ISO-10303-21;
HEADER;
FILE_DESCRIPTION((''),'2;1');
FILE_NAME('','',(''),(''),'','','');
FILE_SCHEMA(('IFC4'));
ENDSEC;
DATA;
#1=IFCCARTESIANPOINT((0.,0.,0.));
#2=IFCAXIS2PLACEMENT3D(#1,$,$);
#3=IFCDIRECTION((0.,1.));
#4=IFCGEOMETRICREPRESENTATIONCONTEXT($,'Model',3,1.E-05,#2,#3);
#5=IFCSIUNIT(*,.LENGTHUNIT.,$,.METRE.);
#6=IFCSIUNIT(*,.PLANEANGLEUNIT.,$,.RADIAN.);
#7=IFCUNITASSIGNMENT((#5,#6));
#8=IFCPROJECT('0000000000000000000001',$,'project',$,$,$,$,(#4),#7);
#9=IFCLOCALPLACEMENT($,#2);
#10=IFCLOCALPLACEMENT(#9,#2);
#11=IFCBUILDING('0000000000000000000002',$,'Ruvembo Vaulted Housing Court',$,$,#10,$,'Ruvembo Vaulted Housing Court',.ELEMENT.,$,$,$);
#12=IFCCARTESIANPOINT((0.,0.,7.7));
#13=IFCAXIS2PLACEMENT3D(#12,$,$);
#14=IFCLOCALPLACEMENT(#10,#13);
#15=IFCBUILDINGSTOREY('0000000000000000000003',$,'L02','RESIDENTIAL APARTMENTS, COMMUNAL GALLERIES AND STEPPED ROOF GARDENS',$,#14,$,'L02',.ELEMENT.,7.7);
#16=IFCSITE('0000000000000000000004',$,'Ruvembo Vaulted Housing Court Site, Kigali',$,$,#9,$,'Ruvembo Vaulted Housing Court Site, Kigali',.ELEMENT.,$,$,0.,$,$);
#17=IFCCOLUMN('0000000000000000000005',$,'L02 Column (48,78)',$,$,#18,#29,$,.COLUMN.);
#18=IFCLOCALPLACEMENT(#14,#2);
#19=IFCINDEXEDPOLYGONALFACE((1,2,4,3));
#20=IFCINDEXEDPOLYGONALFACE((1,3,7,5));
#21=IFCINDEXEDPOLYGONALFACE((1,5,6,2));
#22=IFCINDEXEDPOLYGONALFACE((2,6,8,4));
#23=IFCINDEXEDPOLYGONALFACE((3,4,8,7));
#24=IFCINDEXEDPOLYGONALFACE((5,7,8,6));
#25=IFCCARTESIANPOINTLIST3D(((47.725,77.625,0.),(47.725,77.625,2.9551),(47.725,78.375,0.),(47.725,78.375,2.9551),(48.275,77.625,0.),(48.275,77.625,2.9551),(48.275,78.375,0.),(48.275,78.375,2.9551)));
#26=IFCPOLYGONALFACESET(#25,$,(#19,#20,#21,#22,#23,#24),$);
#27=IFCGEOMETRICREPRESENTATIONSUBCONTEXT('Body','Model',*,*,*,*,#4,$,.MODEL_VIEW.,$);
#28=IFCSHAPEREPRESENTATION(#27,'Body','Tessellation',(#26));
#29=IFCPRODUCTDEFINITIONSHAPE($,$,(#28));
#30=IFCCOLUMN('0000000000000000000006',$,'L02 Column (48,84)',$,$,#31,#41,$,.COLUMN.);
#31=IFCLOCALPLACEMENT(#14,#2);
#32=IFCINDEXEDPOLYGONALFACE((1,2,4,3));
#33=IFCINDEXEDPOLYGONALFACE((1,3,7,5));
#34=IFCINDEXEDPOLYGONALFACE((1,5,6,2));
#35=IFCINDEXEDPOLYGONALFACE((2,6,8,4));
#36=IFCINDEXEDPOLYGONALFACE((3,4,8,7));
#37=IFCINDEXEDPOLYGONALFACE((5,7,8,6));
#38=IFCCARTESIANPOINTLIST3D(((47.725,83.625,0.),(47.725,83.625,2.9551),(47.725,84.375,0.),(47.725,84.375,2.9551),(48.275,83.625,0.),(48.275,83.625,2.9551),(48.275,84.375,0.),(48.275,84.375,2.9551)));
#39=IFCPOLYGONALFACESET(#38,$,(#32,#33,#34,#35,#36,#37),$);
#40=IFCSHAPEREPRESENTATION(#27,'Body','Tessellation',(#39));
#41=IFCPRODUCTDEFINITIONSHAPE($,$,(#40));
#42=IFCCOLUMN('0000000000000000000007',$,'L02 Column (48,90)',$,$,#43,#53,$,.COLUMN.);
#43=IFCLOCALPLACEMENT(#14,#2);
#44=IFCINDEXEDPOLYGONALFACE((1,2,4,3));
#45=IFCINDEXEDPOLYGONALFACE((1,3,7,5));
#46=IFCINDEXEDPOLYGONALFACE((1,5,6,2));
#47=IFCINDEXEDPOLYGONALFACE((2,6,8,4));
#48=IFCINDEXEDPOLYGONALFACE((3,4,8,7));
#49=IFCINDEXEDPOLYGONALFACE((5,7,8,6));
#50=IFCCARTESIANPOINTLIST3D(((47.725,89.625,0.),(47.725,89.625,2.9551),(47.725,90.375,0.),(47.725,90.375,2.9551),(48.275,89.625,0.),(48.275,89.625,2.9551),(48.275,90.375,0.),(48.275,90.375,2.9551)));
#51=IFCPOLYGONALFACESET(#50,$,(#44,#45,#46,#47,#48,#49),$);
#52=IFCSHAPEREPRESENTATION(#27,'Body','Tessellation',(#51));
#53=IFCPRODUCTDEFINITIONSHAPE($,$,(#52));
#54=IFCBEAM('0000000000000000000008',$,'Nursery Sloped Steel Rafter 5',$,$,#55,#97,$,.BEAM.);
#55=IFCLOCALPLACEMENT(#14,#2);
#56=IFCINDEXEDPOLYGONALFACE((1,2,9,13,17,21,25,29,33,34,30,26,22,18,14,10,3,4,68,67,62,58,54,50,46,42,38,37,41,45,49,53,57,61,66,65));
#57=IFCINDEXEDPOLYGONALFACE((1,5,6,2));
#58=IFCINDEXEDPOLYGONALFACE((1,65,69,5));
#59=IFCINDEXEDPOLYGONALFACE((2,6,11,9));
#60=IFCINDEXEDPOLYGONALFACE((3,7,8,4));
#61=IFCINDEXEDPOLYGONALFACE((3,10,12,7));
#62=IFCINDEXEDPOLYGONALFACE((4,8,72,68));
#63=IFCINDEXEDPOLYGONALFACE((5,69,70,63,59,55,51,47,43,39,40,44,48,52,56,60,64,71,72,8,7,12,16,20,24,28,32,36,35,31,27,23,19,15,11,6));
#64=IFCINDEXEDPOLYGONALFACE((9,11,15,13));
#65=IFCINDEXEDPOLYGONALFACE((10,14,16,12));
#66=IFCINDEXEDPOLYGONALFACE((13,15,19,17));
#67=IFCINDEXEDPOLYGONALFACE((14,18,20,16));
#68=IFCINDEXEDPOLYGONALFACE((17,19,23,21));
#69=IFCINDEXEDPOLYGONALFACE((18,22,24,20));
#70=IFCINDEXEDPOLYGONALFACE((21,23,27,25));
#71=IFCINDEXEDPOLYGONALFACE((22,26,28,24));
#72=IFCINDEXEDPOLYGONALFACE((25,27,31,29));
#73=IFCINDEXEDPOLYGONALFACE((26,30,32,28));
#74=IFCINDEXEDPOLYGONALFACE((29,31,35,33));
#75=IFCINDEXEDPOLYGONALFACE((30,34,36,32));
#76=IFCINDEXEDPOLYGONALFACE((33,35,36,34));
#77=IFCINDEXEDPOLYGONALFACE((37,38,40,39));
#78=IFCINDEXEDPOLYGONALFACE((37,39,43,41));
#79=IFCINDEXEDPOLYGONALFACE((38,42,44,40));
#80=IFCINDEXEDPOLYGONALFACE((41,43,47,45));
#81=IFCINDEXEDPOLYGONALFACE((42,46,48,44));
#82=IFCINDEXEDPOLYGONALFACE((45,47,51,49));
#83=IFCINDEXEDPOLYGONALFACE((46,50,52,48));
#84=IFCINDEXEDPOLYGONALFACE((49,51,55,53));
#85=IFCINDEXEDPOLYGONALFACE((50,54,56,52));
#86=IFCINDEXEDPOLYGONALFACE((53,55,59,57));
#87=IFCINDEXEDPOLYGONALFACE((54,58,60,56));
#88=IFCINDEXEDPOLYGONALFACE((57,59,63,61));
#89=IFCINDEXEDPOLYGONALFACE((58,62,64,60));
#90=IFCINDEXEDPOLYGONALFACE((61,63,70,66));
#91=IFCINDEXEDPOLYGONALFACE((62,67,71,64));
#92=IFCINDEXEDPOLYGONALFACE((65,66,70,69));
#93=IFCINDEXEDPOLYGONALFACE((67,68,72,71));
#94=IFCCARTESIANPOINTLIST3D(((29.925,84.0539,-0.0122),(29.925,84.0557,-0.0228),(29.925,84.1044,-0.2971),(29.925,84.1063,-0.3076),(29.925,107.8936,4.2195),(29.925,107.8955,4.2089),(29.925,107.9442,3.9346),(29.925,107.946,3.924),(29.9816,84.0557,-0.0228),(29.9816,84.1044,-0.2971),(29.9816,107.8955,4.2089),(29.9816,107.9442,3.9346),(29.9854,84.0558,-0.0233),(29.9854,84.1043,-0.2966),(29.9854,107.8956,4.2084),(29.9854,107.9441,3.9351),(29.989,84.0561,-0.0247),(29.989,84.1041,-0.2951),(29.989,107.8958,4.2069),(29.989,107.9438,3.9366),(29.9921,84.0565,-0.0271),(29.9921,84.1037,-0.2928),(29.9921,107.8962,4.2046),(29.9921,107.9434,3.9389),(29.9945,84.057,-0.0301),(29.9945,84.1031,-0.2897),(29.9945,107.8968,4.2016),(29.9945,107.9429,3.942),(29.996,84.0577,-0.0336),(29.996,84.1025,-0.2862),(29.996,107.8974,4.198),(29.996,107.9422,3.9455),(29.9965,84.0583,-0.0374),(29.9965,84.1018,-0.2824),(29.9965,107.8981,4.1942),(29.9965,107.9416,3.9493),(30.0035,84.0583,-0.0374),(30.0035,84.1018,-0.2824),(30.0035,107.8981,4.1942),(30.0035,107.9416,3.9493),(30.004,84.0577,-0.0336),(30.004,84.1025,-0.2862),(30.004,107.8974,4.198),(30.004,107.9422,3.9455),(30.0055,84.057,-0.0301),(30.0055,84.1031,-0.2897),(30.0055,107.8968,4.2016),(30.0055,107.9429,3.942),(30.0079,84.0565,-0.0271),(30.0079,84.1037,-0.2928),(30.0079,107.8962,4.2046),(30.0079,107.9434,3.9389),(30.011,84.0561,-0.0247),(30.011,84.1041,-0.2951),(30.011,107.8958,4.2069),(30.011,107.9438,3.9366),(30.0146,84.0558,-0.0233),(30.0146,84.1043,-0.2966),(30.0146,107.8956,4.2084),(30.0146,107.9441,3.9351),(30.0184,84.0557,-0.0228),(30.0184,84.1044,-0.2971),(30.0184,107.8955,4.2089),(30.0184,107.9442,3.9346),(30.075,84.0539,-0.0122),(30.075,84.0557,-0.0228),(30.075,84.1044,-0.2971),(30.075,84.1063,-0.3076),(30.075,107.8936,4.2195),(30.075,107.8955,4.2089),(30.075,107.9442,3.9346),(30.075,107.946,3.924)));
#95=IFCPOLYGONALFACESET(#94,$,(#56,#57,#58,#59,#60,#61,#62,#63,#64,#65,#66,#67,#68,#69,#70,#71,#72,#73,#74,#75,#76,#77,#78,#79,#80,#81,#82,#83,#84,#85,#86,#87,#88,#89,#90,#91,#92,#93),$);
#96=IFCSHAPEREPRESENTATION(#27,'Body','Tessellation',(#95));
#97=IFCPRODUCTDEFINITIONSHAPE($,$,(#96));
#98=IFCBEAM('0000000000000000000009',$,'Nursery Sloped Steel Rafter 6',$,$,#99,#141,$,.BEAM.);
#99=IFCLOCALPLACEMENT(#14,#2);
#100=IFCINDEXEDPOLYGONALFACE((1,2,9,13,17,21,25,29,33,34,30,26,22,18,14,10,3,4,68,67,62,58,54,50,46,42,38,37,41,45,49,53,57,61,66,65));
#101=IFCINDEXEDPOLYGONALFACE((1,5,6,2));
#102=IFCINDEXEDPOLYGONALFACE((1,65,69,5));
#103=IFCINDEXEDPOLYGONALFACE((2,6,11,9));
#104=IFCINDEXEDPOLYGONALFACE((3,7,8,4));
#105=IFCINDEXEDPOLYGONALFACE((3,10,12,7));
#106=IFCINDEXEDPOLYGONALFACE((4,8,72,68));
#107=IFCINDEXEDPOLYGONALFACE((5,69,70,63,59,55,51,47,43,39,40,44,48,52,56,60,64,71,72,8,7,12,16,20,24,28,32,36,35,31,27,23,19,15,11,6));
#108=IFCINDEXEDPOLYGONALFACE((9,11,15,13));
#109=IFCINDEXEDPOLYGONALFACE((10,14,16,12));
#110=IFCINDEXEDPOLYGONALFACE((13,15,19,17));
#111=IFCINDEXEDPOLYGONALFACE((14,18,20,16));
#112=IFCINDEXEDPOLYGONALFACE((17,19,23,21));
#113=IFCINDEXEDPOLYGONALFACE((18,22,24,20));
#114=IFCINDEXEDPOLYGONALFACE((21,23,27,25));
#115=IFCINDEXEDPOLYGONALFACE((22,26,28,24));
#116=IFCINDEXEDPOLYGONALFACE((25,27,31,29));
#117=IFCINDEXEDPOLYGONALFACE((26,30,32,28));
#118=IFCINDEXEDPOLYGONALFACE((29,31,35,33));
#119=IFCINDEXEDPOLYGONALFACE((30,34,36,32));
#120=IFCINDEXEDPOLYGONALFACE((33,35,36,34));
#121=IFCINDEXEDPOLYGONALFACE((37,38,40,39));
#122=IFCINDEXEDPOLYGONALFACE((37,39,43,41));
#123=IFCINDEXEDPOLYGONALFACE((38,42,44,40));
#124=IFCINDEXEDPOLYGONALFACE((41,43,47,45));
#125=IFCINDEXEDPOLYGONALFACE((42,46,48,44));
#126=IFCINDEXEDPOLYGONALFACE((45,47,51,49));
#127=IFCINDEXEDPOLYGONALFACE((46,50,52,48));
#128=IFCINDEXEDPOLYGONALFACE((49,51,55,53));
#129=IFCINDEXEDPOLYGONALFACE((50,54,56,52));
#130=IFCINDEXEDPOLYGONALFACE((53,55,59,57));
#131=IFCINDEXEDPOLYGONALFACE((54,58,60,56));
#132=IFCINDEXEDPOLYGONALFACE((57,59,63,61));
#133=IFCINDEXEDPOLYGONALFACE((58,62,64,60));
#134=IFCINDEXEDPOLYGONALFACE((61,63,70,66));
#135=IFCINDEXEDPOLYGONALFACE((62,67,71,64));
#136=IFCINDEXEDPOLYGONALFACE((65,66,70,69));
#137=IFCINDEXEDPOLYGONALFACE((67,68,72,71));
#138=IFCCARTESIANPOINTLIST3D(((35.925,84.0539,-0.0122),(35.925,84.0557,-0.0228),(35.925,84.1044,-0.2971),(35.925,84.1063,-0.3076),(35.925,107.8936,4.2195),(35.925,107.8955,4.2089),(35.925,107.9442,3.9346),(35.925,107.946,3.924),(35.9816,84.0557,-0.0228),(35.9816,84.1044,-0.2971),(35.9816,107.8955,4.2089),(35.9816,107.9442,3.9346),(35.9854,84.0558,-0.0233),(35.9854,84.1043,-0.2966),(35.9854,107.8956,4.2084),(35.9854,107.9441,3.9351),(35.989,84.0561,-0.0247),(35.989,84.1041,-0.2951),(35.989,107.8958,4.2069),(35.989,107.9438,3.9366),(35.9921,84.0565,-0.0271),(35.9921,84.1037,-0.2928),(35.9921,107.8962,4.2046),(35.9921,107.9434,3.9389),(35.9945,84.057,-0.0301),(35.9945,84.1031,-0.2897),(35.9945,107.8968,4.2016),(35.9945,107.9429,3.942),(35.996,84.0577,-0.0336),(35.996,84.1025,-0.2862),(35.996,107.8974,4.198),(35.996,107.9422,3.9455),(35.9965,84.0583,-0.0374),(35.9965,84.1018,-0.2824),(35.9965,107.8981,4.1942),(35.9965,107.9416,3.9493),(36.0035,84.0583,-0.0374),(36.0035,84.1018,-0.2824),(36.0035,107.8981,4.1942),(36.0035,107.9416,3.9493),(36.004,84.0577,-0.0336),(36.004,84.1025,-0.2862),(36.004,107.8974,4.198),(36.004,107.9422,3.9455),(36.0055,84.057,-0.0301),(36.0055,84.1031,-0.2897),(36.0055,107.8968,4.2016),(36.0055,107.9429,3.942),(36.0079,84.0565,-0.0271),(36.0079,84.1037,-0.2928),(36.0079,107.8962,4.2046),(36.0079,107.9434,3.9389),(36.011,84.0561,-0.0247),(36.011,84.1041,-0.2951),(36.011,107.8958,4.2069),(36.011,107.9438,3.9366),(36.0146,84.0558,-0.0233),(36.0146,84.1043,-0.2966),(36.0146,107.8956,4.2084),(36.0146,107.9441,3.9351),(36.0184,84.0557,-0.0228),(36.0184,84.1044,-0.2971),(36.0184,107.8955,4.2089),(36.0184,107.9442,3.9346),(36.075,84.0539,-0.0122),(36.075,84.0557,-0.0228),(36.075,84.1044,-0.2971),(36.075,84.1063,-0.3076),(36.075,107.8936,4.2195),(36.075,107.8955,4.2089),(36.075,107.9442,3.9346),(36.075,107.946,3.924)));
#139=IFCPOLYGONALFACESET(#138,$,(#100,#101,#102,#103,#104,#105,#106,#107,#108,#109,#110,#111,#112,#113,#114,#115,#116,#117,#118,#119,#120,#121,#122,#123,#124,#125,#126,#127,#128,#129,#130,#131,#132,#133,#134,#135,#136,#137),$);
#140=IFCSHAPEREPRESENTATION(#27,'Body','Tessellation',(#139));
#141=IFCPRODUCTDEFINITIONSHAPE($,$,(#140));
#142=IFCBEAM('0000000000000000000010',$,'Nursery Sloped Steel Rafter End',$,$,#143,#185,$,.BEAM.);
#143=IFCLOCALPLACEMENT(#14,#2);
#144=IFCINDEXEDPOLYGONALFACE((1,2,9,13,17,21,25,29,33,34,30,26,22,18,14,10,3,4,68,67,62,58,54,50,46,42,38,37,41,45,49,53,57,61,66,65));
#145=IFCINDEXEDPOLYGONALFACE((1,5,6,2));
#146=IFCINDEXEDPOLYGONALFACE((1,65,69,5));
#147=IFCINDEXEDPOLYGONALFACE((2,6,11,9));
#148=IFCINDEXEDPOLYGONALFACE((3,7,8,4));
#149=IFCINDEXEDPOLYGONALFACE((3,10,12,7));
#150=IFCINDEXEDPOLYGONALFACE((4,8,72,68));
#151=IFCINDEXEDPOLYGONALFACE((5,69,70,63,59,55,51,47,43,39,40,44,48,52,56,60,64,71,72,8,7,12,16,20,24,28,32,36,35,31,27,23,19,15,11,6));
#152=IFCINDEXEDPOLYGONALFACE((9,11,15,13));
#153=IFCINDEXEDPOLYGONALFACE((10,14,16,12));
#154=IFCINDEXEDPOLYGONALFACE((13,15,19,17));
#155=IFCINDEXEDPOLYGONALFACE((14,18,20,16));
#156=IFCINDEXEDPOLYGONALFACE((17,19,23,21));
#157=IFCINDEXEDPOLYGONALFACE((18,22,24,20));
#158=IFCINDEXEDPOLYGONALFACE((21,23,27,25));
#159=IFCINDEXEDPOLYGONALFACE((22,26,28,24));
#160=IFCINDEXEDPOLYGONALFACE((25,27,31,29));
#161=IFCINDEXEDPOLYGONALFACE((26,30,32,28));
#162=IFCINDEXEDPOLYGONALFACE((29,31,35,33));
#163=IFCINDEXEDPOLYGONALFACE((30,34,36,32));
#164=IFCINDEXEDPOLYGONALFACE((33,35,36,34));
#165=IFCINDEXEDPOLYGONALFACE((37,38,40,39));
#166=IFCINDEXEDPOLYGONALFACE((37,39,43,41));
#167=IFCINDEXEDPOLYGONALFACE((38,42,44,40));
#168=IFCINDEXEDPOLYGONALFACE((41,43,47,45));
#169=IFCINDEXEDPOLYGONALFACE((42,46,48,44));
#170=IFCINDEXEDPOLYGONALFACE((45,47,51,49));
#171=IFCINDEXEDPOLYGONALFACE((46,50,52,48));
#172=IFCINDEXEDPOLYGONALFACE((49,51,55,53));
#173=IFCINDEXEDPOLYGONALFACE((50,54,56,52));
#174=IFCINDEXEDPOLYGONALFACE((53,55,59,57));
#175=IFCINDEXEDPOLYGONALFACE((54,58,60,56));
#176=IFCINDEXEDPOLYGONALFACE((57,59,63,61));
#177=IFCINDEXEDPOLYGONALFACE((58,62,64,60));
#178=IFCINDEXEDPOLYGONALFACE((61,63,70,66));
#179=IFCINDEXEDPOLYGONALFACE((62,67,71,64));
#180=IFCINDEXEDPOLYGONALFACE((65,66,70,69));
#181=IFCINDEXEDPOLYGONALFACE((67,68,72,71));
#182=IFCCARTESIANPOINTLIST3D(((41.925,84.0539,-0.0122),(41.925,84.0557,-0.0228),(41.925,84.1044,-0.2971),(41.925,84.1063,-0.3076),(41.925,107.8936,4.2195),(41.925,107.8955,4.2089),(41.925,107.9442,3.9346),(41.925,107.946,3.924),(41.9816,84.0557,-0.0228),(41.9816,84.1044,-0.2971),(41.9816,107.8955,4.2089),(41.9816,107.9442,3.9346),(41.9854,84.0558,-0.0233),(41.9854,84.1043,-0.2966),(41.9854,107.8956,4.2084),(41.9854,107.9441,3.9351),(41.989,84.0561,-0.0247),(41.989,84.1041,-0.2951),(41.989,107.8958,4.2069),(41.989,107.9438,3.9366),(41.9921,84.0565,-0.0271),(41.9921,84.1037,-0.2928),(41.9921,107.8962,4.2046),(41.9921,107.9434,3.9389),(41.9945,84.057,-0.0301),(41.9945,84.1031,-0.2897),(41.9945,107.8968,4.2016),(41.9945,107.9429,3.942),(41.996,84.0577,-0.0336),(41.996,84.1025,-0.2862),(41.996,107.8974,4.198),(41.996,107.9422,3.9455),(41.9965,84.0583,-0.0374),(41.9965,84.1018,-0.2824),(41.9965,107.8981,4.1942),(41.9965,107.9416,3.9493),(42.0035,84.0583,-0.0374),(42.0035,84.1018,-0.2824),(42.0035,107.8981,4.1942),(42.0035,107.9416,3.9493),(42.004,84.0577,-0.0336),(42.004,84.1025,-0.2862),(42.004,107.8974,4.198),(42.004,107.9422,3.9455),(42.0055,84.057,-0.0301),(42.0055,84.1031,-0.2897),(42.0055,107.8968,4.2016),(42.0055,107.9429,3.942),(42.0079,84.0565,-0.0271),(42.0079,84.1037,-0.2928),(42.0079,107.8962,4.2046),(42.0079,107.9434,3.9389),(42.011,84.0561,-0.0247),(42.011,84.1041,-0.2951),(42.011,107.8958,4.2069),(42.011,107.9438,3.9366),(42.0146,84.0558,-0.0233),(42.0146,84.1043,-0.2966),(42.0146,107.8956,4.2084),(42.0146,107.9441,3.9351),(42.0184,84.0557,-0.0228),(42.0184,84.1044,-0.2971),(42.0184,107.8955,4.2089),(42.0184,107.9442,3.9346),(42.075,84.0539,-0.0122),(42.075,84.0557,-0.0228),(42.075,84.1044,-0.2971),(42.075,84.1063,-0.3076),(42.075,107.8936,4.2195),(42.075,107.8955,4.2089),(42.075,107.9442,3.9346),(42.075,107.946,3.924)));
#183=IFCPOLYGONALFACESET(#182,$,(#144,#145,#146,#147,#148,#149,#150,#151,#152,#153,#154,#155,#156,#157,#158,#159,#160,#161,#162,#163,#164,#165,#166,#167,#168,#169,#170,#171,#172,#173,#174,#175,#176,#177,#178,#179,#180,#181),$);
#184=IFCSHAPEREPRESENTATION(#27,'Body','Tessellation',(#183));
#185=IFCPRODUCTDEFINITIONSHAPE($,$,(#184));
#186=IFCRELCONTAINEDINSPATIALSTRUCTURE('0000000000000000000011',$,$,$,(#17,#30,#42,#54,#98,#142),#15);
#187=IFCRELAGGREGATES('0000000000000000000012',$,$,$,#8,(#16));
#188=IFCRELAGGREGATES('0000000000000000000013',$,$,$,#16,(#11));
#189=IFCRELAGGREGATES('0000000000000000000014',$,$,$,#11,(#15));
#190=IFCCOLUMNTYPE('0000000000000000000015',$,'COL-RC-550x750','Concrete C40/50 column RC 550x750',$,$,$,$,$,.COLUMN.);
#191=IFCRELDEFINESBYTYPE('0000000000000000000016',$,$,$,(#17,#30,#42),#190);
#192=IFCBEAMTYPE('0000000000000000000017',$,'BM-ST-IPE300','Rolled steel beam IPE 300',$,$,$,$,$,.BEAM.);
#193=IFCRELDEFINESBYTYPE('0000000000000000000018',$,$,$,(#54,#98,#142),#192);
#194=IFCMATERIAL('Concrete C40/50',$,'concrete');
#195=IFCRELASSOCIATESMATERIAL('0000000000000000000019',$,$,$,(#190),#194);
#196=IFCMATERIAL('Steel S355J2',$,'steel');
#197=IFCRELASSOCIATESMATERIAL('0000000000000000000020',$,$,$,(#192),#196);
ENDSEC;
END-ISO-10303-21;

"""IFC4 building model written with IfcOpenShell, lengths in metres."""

from ifc_helpers import new_model, si_unit, direction, frame, origin, origin_2d, place, context, subcontext, project, spatial, rectangle, i_section, extrude, material, material_profile, profile_set, type_object, element, save


model = new_model("IFC4")

# Units and contexts
model_context = context("Model", 3, precision=1e-05, world=origin(), true_north=direction((0.0, 1.0)))
body_context = subcontext(model_context, "Body", "Model", "MODEL_VIEW")
ifc_project = project(units=[si_unit("LENGTHUNIT", "METRE"), si_unit("PLANEANGLEUNIT", "RADIAN")], contexts=[model_context])

# Site, building, storey
site_placement = place(None, origin())
site = spatial("IfcSite", under=ifc_project, at=site_placement, Name="Ruvembo Vaulted Housing Court Site, Kigali", LongName="Ruvembo Vaulted Housing Court Site, Kigali", CompositionType="ELEMENT", RefElevation=0.0)
building_placement = place(site_placement, origin())
building = spatial("IfcBuilding", under=site, at=building_placement, Name="Ruvembo Vaulted Housing Court", LongName="Ruvembo Vaulted Housing Court", CompositionType="ELEMENT")
storey_placement = place(building_placement, frame((0.0, 0.0, 7.7)))
storey = spatial("IfcBuildingStorey", under=building, at=storey_placement, Name="L02", Description="RESIDENTIAL APARTMENTS, COMMUNAL GALLERIES AND STEPPED ROOF GARDENS", LongName="L02", CompositionType="ELEMENT", Elevation=7.7)

# Columns
ifc_material_1 = material(Name="Concrete C40/50", Category="concrete")
ifc_material_profile_1 = material_profile(ifc_material_1, rectangle(XDim=0.55, YDim=0.75, at=origin_2d()), Name="RC 550x750")
ifc_profile_set_1 = profile_set([ifc_material_profile_1], Name="Concrete C40/50")
column_type = type_object("IfcColumnType", Name="COL-RC-550x750", Description="Concrete C40/50 column RC 550x750", PredefinedType="COLUMN", material=ifc_profile_set_1)
for number, where, z_axis, x_axis, name in (
    (1, (48.0, 78.0, 0.0), (0.0, 0.0, 1.0), (1.0, 0.0, 0.0), "L02 Column (48,78)"),
    (2, (48.0, 84.0, 0.0), (0.0, 0.0, 1.0), (1.0, 0.0, 0.0), "L02 Column (48,84)"),
    (3, (48.0, 90.0, 0.0), (0.0, 0.0, 1.0), (1.0, 0.0, 0.0), "L02 Column (48,90)"),
):
    element("IfcColumn", number, at=place(storey_placement, frame(where, z_axis=z_axis, x_axis=x_axis)), inside=storey, type_object=column_type, Name=name, PredefinedType="COLUMN", context=body_context, shape_type="SweptSolid", body=[
        extrude(rectangle(XDim=0.55, YDim=0.75, at=origin_2d()), origin(), (0.0, 0.0, 1.0), 2.9551),
    ])

# Beams
ifc_material_2 = material(Name="Steel S355J2", Category="steel")
ifc_material_profile_2 = material_profile(ifc_material_2, i_section(OverallWidth=0.1499, OverallDepth=0.3, WebThickness=0.0071, FlangeThickness=0.0107, FilletRadius=0.0149, at=origin_2d()), Name="IPE 300")
ifc_profile_set_2 = profile_set([ifc_material_profile_2], Name="Steel S355J2")
beam_type_1 = type_object("IfcBeamType", Name="BM-ST-IPE300", Description="Rolled steel beam IPE 300", PredefinedType="BEAM", material=ifc_profile_set_2)
for number, where, z_axis, x_axis, name in (
    (4, (30.0, 84.0801, -0.1599), (0.0, 0.984609, 0.174773), (-1.0, 0.0, 0.0), "Nursery Sloped Steel Rafter 5"),
    (5, (36.0, 84.0801, -0.1599), (0.0, 0.984609, 0.174773), (-1.0, 0.0, 0.0), "Nursery Sloped Steel Rafter 6"),
    (6, (42.0, 84.0801, -0.1599), (0.0, 0.984609, 0.174773), (-1.0, 0.0, 0.0), "Nursery Sloped Steel Rafter End"),
):
    element("IfcBeam", number, at=place(storey_placement, frame(where, z_axis=z_axis, x_axis=x_axis)), inside=storey, type_object=beam_type_1, Name=name, PredefinedType="BEAM", context=body_context, shape_type="SweptSolid", body=[
        extrude(i_section(OverallWidth=0.1499, OverallDepth=0.3, WebThickness=0.0071, FlangeThickness=0.0107, FilletRadius=0.0149, at=origin_2d()), origin(), (0.0, 0.0, 1.0), 24.2124),
    ])

save(model, "model.ifc")
